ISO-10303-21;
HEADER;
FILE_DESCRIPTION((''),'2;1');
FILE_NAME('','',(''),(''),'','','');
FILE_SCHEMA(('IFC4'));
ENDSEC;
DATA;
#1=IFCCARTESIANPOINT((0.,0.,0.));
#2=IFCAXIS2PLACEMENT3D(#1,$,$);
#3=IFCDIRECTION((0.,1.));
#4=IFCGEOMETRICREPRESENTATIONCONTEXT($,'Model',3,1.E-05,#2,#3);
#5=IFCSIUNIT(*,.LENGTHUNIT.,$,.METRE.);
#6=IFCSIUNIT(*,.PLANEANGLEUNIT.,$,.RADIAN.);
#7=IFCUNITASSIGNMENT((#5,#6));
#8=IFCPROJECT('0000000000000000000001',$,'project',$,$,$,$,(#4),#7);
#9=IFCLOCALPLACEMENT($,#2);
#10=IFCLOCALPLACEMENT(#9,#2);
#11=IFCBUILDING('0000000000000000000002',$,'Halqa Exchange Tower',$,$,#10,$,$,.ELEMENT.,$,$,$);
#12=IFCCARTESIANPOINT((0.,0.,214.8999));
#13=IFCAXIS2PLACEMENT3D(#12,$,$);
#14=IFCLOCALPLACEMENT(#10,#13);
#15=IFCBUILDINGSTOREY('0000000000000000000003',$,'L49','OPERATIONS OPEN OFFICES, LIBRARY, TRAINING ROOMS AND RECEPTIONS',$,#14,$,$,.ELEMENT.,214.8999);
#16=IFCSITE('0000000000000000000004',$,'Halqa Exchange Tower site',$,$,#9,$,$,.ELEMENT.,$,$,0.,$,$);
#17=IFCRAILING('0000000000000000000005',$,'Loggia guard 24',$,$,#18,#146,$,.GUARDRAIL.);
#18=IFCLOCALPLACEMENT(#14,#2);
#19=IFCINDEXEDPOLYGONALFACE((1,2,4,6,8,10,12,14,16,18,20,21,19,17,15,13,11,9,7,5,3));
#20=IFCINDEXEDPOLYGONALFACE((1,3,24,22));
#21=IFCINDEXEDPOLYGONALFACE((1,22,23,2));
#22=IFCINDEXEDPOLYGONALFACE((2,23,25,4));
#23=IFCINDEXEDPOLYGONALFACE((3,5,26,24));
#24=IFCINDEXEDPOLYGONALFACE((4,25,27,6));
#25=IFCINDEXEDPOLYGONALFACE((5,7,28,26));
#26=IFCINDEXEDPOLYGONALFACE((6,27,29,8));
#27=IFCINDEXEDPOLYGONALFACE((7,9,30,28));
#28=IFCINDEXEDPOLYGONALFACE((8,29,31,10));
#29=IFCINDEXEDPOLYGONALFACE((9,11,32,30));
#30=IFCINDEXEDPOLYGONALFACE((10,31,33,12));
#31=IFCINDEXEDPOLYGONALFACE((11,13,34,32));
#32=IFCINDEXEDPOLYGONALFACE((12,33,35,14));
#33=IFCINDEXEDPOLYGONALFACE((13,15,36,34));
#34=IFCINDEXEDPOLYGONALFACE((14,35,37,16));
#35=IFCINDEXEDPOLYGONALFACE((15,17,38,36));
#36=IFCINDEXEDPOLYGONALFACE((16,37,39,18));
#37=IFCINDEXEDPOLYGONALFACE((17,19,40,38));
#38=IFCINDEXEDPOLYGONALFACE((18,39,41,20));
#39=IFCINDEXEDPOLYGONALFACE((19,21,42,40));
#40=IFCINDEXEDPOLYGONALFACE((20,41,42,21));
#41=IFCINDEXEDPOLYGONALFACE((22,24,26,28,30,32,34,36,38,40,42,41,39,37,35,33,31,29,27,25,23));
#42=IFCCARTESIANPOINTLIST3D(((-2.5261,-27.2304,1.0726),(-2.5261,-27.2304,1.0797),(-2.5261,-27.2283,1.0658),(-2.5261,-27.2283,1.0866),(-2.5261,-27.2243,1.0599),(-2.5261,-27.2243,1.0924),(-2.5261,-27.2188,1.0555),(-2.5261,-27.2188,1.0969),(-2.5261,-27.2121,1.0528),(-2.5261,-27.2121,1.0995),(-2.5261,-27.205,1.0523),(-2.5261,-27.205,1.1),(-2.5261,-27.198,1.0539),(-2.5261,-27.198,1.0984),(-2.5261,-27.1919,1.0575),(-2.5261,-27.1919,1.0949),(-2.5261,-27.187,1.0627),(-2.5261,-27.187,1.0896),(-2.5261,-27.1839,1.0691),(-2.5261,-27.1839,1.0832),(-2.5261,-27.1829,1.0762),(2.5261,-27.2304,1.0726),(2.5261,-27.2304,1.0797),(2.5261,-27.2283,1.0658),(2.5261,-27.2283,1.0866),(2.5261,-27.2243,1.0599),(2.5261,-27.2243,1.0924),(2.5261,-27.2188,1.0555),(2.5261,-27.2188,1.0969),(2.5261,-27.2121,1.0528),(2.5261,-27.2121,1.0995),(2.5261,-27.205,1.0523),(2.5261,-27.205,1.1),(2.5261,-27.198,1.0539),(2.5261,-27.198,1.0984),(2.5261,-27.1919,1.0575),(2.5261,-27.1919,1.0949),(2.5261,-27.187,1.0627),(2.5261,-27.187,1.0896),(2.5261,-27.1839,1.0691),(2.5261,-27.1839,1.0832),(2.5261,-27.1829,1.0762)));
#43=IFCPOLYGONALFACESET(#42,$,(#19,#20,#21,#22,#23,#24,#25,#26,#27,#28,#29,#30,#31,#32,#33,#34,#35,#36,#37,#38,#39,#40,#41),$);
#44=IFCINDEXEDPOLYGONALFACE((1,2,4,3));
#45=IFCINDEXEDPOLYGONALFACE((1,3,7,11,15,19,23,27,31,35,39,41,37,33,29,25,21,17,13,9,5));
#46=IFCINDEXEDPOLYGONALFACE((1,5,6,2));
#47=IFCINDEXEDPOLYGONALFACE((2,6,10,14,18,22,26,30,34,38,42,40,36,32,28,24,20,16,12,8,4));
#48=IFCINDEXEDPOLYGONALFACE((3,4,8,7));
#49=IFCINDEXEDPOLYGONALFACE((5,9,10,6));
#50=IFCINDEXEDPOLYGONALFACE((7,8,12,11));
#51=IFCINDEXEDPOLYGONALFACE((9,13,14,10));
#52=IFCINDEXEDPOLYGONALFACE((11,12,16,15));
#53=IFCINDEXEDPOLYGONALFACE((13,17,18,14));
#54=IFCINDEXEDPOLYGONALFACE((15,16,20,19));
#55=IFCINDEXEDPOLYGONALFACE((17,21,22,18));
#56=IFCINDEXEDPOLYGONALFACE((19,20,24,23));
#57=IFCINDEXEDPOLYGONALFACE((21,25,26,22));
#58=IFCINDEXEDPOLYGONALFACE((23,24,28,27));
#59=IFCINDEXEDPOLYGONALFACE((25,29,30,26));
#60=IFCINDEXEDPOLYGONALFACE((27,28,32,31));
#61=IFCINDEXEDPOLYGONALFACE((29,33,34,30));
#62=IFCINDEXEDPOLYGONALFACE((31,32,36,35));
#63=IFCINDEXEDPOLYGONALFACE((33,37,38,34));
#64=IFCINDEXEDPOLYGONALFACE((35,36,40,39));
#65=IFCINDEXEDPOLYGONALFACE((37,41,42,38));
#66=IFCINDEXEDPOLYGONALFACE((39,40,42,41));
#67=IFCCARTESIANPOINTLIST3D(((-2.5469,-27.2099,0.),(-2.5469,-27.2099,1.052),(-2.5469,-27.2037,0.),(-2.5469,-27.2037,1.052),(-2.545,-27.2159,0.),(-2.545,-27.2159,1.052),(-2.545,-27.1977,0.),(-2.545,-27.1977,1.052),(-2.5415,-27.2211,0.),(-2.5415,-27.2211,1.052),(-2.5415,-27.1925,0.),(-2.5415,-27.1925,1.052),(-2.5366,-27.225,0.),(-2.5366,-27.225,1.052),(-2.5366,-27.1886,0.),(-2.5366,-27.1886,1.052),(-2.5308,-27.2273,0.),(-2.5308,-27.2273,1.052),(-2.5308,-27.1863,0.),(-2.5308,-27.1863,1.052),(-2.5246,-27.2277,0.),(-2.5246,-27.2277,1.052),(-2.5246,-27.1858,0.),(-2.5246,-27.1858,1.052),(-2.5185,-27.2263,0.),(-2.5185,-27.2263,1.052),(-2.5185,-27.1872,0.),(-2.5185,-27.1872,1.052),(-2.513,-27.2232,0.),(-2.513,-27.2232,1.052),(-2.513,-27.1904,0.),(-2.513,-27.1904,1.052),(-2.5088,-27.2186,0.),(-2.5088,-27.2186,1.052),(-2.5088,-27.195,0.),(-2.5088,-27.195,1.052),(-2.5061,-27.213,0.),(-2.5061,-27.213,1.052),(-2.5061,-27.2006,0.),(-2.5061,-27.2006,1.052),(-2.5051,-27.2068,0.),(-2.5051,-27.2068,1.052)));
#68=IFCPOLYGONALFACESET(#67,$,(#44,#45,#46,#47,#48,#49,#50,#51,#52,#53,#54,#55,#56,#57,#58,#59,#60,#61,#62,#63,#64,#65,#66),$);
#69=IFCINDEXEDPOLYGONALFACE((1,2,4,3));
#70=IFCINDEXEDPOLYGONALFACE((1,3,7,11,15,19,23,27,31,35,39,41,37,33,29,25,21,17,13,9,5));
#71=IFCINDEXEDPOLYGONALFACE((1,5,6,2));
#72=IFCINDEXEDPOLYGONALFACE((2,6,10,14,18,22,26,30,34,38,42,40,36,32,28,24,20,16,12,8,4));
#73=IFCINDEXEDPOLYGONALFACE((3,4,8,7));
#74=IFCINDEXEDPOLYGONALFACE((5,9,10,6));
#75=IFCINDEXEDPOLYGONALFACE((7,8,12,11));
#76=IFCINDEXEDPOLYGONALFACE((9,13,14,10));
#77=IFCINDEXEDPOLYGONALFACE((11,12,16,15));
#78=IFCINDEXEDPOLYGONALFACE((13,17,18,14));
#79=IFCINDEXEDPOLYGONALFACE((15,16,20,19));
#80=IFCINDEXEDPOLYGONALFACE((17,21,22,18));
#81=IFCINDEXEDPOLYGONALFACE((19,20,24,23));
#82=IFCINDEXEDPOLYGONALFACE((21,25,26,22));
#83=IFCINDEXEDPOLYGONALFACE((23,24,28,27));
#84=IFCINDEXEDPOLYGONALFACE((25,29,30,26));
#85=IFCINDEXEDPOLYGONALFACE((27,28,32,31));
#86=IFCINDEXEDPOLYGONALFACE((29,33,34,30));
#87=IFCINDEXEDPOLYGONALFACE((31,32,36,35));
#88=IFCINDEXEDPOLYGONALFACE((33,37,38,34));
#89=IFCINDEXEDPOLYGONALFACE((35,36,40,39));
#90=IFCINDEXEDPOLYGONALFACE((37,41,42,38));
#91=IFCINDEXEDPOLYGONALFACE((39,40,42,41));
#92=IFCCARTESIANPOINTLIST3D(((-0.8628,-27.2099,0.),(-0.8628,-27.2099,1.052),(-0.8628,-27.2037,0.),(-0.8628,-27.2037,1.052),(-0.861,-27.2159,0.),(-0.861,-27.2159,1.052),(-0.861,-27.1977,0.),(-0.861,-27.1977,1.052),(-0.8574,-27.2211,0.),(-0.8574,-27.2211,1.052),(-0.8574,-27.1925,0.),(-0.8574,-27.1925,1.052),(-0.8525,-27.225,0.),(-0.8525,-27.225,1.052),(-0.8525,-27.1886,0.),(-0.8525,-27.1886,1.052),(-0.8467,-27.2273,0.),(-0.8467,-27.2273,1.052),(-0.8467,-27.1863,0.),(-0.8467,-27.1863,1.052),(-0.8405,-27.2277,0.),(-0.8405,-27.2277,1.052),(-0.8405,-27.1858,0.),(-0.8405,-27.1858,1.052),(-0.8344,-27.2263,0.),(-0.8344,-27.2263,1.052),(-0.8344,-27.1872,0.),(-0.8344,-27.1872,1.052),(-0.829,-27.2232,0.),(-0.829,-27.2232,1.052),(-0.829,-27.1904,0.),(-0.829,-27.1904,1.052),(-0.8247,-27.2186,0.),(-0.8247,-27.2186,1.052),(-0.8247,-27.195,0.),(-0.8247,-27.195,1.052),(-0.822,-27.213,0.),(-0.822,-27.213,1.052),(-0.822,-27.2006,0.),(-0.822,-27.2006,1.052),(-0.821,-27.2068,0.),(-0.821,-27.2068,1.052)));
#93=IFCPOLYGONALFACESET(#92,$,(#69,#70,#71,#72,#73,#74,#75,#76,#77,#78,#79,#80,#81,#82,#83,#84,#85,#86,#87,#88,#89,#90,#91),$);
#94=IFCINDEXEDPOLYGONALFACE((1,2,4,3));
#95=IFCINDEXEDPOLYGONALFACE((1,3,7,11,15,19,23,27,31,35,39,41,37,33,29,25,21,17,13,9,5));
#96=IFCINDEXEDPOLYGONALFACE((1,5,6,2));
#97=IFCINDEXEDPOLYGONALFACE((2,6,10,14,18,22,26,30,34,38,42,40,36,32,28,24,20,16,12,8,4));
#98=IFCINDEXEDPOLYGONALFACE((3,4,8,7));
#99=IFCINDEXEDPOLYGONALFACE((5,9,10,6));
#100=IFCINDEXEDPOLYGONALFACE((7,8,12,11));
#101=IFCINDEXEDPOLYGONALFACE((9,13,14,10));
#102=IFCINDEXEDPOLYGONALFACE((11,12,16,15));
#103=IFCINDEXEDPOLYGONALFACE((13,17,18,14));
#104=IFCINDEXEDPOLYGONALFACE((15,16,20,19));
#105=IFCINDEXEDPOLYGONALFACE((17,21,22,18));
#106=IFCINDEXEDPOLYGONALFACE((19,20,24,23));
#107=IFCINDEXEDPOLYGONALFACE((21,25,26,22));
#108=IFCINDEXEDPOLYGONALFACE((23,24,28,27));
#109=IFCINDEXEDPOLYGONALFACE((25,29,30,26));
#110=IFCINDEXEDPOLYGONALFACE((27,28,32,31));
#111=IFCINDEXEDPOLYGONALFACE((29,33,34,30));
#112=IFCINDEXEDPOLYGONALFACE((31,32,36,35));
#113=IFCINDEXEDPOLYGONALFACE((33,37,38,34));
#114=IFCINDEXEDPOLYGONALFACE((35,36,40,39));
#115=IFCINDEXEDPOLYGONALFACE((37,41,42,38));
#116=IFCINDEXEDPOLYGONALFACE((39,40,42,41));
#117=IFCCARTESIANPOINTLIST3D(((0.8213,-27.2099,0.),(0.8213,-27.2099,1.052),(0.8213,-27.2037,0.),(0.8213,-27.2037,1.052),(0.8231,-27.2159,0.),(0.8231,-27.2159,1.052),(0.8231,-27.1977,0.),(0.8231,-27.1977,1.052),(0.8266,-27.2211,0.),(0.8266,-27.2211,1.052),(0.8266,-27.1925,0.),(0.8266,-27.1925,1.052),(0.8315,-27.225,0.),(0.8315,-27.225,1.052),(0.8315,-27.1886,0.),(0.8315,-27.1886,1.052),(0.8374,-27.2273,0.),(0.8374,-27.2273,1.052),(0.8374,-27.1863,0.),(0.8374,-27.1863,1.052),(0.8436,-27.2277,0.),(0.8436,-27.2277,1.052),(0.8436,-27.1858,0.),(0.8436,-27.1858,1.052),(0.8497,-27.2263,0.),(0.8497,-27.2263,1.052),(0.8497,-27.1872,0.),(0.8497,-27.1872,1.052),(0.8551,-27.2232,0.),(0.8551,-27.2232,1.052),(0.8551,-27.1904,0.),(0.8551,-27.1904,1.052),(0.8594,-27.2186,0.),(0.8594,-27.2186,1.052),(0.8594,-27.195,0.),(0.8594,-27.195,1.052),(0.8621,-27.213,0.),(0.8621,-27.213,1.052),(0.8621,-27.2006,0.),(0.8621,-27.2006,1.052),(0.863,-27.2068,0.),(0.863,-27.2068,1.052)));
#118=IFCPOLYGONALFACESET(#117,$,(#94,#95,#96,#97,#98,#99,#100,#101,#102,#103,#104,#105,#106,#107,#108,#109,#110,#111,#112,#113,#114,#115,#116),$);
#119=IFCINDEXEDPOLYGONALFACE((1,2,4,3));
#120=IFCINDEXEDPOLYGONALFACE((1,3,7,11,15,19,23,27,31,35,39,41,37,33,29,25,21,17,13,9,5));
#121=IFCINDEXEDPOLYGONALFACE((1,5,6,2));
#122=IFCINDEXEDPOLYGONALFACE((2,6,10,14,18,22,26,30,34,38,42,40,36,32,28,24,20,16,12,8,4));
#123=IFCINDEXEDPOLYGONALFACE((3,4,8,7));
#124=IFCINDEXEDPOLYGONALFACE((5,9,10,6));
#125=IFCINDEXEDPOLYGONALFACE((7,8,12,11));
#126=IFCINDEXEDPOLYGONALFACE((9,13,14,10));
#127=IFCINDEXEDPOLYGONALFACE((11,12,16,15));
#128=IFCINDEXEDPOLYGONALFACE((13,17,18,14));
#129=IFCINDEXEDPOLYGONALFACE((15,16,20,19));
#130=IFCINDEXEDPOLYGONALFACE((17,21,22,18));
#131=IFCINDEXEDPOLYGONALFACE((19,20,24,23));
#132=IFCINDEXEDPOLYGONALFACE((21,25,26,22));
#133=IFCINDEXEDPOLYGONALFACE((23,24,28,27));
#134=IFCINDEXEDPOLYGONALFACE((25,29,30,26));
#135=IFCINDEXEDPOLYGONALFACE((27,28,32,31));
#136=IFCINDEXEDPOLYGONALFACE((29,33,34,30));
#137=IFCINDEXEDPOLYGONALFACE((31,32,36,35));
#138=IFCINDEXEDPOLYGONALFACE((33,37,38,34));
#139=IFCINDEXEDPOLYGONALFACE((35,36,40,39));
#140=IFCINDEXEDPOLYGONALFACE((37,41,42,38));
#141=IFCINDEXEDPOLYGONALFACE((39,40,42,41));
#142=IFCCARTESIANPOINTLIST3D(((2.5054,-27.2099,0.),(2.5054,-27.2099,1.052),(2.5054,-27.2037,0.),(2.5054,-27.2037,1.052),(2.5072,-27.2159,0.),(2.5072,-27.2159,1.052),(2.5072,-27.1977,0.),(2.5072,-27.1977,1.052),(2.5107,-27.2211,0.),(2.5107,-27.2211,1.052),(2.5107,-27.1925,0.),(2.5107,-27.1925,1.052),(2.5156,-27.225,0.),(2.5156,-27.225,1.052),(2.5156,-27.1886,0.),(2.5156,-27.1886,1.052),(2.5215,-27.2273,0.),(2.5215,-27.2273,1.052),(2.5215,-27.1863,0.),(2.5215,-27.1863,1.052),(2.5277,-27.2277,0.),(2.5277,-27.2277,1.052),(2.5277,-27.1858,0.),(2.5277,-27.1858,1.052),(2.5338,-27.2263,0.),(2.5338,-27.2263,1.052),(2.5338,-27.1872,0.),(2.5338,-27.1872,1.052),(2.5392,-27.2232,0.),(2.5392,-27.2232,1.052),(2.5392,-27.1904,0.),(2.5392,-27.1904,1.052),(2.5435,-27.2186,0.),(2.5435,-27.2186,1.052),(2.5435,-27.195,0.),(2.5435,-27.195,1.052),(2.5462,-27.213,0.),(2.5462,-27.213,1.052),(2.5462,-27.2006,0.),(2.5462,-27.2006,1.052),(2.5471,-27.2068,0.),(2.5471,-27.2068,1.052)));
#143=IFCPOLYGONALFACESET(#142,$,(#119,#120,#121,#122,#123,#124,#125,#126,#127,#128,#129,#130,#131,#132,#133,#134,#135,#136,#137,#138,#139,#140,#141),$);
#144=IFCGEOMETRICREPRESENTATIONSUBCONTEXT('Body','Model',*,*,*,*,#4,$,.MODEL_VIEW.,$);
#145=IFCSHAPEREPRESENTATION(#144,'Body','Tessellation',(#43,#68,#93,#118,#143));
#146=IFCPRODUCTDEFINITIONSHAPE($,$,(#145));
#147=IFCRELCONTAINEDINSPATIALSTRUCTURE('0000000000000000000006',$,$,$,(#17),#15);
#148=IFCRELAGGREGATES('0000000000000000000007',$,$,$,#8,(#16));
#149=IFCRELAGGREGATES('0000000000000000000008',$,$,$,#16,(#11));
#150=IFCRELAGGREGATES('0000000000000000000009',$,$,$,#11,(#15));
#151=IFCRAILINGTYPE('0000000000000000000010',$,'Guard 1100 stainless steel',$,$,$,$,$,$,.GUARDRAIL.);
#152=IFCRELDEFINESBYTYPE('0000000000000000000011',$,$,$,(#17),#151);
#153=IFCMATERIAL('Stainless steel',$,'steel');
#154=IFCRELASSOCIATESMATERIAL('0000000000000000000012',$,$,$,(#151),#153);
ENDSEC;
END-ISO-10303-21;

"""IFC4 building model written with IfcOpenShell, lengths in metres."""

from ifc_helpers import new_model, si_unit, direction, frame, origin, origin_2d, place, context, subcontext, project, spatial, circle, extrude, material, type_object, element, save


model = new_model("IFC4")

# Units and contexts
model_context = context("Model", 3, precision=1e-05, world=origin(), true_north=direction((0.0, 1.0)))
body_context = subcontext(model_context, "Body", "Model", "MODEL_VIEW")
ifc_project = project(units=[si_unit("LENGTHUNIT", "METRE"), si_unit("PLANEANGLEUNIT", "RADIAN")], contexts=[model_context])

# Site, building, storey
site_placement = place(None, origin())
site = spatial("IfcSite", under=ifc_project, at=site_placement, Name="Halqa Exchange Tower site", CompositionType="ELEMENT", RefElevation=0.0)
building_placement = place(site_placement, origin())
building = spatial("IfcBuilding", under=site, at=building_placement, Name="Halqa Exchange Tower", CompositionType="ELEMENT")
storey_placement = place(building_placement, frame((0.0, 0.0, 214.8999)))
storey = spatial("IfcBuildingStorey", under=building, at=storey_placement, Name="L49", Description="OPERATIONS OPEN OFFICES, LIBRARY, TRAINING ROOMS AND RECEPTIONS", CompositionType="ELEMENT", Elevation=214.8999)

# Railing
ifc_material_1 = material(Name="Stainless steel", Category="steel")
railing_type = type_object("IfcRailingType", Name="Guard 1100 stainless steel", PredefinedType="GUARDRAIL", material=ifc_material_1)
railing_1_placement = place(storey_placement, frame((-2.5261, -27.2068, 0.0)))
element("IfcRailing", 1, at=railing_1_placement, inside=storey, type_object=railing_type, Name="Loggia guard 24", PredefinedType="GUARDRAIL", context=body_context, shape_type="SweptSolid", body=[
    extrude(circle(Radius=0.0239, at=origin_2d()), frame((0.0, 0.0, 1.0762), z_axis=(1.0, 0.0, 0.0), x_axis=(0.0, 1.0, 0.0)), (0.0, 0.0, 1.0), 5.0522),
    extrude(circle(Radius=0.021, at=origin_2d()), origin(), (0.0, 0.0, 1.0), 1.052),
    extrude(circle(Radius=0.021, at=origin_2d()), frame((1.6841, 0.0, 0.0)), (0.0, 0.0, 1.0), 1.052),
    extrude(circle(Radius=0.021, at=origin_2d()), frame((3.3682, 0.0, 0.0)), (0.0, 0.0, 1.0), 1.052),
    extrude(circle(Radius=0.021, at=origin_2d()), frame((5.0522, 0.0, 0.0)), (0.0, 0.0, 1.0), 1.052),
])

save(model, "model.ifc")
